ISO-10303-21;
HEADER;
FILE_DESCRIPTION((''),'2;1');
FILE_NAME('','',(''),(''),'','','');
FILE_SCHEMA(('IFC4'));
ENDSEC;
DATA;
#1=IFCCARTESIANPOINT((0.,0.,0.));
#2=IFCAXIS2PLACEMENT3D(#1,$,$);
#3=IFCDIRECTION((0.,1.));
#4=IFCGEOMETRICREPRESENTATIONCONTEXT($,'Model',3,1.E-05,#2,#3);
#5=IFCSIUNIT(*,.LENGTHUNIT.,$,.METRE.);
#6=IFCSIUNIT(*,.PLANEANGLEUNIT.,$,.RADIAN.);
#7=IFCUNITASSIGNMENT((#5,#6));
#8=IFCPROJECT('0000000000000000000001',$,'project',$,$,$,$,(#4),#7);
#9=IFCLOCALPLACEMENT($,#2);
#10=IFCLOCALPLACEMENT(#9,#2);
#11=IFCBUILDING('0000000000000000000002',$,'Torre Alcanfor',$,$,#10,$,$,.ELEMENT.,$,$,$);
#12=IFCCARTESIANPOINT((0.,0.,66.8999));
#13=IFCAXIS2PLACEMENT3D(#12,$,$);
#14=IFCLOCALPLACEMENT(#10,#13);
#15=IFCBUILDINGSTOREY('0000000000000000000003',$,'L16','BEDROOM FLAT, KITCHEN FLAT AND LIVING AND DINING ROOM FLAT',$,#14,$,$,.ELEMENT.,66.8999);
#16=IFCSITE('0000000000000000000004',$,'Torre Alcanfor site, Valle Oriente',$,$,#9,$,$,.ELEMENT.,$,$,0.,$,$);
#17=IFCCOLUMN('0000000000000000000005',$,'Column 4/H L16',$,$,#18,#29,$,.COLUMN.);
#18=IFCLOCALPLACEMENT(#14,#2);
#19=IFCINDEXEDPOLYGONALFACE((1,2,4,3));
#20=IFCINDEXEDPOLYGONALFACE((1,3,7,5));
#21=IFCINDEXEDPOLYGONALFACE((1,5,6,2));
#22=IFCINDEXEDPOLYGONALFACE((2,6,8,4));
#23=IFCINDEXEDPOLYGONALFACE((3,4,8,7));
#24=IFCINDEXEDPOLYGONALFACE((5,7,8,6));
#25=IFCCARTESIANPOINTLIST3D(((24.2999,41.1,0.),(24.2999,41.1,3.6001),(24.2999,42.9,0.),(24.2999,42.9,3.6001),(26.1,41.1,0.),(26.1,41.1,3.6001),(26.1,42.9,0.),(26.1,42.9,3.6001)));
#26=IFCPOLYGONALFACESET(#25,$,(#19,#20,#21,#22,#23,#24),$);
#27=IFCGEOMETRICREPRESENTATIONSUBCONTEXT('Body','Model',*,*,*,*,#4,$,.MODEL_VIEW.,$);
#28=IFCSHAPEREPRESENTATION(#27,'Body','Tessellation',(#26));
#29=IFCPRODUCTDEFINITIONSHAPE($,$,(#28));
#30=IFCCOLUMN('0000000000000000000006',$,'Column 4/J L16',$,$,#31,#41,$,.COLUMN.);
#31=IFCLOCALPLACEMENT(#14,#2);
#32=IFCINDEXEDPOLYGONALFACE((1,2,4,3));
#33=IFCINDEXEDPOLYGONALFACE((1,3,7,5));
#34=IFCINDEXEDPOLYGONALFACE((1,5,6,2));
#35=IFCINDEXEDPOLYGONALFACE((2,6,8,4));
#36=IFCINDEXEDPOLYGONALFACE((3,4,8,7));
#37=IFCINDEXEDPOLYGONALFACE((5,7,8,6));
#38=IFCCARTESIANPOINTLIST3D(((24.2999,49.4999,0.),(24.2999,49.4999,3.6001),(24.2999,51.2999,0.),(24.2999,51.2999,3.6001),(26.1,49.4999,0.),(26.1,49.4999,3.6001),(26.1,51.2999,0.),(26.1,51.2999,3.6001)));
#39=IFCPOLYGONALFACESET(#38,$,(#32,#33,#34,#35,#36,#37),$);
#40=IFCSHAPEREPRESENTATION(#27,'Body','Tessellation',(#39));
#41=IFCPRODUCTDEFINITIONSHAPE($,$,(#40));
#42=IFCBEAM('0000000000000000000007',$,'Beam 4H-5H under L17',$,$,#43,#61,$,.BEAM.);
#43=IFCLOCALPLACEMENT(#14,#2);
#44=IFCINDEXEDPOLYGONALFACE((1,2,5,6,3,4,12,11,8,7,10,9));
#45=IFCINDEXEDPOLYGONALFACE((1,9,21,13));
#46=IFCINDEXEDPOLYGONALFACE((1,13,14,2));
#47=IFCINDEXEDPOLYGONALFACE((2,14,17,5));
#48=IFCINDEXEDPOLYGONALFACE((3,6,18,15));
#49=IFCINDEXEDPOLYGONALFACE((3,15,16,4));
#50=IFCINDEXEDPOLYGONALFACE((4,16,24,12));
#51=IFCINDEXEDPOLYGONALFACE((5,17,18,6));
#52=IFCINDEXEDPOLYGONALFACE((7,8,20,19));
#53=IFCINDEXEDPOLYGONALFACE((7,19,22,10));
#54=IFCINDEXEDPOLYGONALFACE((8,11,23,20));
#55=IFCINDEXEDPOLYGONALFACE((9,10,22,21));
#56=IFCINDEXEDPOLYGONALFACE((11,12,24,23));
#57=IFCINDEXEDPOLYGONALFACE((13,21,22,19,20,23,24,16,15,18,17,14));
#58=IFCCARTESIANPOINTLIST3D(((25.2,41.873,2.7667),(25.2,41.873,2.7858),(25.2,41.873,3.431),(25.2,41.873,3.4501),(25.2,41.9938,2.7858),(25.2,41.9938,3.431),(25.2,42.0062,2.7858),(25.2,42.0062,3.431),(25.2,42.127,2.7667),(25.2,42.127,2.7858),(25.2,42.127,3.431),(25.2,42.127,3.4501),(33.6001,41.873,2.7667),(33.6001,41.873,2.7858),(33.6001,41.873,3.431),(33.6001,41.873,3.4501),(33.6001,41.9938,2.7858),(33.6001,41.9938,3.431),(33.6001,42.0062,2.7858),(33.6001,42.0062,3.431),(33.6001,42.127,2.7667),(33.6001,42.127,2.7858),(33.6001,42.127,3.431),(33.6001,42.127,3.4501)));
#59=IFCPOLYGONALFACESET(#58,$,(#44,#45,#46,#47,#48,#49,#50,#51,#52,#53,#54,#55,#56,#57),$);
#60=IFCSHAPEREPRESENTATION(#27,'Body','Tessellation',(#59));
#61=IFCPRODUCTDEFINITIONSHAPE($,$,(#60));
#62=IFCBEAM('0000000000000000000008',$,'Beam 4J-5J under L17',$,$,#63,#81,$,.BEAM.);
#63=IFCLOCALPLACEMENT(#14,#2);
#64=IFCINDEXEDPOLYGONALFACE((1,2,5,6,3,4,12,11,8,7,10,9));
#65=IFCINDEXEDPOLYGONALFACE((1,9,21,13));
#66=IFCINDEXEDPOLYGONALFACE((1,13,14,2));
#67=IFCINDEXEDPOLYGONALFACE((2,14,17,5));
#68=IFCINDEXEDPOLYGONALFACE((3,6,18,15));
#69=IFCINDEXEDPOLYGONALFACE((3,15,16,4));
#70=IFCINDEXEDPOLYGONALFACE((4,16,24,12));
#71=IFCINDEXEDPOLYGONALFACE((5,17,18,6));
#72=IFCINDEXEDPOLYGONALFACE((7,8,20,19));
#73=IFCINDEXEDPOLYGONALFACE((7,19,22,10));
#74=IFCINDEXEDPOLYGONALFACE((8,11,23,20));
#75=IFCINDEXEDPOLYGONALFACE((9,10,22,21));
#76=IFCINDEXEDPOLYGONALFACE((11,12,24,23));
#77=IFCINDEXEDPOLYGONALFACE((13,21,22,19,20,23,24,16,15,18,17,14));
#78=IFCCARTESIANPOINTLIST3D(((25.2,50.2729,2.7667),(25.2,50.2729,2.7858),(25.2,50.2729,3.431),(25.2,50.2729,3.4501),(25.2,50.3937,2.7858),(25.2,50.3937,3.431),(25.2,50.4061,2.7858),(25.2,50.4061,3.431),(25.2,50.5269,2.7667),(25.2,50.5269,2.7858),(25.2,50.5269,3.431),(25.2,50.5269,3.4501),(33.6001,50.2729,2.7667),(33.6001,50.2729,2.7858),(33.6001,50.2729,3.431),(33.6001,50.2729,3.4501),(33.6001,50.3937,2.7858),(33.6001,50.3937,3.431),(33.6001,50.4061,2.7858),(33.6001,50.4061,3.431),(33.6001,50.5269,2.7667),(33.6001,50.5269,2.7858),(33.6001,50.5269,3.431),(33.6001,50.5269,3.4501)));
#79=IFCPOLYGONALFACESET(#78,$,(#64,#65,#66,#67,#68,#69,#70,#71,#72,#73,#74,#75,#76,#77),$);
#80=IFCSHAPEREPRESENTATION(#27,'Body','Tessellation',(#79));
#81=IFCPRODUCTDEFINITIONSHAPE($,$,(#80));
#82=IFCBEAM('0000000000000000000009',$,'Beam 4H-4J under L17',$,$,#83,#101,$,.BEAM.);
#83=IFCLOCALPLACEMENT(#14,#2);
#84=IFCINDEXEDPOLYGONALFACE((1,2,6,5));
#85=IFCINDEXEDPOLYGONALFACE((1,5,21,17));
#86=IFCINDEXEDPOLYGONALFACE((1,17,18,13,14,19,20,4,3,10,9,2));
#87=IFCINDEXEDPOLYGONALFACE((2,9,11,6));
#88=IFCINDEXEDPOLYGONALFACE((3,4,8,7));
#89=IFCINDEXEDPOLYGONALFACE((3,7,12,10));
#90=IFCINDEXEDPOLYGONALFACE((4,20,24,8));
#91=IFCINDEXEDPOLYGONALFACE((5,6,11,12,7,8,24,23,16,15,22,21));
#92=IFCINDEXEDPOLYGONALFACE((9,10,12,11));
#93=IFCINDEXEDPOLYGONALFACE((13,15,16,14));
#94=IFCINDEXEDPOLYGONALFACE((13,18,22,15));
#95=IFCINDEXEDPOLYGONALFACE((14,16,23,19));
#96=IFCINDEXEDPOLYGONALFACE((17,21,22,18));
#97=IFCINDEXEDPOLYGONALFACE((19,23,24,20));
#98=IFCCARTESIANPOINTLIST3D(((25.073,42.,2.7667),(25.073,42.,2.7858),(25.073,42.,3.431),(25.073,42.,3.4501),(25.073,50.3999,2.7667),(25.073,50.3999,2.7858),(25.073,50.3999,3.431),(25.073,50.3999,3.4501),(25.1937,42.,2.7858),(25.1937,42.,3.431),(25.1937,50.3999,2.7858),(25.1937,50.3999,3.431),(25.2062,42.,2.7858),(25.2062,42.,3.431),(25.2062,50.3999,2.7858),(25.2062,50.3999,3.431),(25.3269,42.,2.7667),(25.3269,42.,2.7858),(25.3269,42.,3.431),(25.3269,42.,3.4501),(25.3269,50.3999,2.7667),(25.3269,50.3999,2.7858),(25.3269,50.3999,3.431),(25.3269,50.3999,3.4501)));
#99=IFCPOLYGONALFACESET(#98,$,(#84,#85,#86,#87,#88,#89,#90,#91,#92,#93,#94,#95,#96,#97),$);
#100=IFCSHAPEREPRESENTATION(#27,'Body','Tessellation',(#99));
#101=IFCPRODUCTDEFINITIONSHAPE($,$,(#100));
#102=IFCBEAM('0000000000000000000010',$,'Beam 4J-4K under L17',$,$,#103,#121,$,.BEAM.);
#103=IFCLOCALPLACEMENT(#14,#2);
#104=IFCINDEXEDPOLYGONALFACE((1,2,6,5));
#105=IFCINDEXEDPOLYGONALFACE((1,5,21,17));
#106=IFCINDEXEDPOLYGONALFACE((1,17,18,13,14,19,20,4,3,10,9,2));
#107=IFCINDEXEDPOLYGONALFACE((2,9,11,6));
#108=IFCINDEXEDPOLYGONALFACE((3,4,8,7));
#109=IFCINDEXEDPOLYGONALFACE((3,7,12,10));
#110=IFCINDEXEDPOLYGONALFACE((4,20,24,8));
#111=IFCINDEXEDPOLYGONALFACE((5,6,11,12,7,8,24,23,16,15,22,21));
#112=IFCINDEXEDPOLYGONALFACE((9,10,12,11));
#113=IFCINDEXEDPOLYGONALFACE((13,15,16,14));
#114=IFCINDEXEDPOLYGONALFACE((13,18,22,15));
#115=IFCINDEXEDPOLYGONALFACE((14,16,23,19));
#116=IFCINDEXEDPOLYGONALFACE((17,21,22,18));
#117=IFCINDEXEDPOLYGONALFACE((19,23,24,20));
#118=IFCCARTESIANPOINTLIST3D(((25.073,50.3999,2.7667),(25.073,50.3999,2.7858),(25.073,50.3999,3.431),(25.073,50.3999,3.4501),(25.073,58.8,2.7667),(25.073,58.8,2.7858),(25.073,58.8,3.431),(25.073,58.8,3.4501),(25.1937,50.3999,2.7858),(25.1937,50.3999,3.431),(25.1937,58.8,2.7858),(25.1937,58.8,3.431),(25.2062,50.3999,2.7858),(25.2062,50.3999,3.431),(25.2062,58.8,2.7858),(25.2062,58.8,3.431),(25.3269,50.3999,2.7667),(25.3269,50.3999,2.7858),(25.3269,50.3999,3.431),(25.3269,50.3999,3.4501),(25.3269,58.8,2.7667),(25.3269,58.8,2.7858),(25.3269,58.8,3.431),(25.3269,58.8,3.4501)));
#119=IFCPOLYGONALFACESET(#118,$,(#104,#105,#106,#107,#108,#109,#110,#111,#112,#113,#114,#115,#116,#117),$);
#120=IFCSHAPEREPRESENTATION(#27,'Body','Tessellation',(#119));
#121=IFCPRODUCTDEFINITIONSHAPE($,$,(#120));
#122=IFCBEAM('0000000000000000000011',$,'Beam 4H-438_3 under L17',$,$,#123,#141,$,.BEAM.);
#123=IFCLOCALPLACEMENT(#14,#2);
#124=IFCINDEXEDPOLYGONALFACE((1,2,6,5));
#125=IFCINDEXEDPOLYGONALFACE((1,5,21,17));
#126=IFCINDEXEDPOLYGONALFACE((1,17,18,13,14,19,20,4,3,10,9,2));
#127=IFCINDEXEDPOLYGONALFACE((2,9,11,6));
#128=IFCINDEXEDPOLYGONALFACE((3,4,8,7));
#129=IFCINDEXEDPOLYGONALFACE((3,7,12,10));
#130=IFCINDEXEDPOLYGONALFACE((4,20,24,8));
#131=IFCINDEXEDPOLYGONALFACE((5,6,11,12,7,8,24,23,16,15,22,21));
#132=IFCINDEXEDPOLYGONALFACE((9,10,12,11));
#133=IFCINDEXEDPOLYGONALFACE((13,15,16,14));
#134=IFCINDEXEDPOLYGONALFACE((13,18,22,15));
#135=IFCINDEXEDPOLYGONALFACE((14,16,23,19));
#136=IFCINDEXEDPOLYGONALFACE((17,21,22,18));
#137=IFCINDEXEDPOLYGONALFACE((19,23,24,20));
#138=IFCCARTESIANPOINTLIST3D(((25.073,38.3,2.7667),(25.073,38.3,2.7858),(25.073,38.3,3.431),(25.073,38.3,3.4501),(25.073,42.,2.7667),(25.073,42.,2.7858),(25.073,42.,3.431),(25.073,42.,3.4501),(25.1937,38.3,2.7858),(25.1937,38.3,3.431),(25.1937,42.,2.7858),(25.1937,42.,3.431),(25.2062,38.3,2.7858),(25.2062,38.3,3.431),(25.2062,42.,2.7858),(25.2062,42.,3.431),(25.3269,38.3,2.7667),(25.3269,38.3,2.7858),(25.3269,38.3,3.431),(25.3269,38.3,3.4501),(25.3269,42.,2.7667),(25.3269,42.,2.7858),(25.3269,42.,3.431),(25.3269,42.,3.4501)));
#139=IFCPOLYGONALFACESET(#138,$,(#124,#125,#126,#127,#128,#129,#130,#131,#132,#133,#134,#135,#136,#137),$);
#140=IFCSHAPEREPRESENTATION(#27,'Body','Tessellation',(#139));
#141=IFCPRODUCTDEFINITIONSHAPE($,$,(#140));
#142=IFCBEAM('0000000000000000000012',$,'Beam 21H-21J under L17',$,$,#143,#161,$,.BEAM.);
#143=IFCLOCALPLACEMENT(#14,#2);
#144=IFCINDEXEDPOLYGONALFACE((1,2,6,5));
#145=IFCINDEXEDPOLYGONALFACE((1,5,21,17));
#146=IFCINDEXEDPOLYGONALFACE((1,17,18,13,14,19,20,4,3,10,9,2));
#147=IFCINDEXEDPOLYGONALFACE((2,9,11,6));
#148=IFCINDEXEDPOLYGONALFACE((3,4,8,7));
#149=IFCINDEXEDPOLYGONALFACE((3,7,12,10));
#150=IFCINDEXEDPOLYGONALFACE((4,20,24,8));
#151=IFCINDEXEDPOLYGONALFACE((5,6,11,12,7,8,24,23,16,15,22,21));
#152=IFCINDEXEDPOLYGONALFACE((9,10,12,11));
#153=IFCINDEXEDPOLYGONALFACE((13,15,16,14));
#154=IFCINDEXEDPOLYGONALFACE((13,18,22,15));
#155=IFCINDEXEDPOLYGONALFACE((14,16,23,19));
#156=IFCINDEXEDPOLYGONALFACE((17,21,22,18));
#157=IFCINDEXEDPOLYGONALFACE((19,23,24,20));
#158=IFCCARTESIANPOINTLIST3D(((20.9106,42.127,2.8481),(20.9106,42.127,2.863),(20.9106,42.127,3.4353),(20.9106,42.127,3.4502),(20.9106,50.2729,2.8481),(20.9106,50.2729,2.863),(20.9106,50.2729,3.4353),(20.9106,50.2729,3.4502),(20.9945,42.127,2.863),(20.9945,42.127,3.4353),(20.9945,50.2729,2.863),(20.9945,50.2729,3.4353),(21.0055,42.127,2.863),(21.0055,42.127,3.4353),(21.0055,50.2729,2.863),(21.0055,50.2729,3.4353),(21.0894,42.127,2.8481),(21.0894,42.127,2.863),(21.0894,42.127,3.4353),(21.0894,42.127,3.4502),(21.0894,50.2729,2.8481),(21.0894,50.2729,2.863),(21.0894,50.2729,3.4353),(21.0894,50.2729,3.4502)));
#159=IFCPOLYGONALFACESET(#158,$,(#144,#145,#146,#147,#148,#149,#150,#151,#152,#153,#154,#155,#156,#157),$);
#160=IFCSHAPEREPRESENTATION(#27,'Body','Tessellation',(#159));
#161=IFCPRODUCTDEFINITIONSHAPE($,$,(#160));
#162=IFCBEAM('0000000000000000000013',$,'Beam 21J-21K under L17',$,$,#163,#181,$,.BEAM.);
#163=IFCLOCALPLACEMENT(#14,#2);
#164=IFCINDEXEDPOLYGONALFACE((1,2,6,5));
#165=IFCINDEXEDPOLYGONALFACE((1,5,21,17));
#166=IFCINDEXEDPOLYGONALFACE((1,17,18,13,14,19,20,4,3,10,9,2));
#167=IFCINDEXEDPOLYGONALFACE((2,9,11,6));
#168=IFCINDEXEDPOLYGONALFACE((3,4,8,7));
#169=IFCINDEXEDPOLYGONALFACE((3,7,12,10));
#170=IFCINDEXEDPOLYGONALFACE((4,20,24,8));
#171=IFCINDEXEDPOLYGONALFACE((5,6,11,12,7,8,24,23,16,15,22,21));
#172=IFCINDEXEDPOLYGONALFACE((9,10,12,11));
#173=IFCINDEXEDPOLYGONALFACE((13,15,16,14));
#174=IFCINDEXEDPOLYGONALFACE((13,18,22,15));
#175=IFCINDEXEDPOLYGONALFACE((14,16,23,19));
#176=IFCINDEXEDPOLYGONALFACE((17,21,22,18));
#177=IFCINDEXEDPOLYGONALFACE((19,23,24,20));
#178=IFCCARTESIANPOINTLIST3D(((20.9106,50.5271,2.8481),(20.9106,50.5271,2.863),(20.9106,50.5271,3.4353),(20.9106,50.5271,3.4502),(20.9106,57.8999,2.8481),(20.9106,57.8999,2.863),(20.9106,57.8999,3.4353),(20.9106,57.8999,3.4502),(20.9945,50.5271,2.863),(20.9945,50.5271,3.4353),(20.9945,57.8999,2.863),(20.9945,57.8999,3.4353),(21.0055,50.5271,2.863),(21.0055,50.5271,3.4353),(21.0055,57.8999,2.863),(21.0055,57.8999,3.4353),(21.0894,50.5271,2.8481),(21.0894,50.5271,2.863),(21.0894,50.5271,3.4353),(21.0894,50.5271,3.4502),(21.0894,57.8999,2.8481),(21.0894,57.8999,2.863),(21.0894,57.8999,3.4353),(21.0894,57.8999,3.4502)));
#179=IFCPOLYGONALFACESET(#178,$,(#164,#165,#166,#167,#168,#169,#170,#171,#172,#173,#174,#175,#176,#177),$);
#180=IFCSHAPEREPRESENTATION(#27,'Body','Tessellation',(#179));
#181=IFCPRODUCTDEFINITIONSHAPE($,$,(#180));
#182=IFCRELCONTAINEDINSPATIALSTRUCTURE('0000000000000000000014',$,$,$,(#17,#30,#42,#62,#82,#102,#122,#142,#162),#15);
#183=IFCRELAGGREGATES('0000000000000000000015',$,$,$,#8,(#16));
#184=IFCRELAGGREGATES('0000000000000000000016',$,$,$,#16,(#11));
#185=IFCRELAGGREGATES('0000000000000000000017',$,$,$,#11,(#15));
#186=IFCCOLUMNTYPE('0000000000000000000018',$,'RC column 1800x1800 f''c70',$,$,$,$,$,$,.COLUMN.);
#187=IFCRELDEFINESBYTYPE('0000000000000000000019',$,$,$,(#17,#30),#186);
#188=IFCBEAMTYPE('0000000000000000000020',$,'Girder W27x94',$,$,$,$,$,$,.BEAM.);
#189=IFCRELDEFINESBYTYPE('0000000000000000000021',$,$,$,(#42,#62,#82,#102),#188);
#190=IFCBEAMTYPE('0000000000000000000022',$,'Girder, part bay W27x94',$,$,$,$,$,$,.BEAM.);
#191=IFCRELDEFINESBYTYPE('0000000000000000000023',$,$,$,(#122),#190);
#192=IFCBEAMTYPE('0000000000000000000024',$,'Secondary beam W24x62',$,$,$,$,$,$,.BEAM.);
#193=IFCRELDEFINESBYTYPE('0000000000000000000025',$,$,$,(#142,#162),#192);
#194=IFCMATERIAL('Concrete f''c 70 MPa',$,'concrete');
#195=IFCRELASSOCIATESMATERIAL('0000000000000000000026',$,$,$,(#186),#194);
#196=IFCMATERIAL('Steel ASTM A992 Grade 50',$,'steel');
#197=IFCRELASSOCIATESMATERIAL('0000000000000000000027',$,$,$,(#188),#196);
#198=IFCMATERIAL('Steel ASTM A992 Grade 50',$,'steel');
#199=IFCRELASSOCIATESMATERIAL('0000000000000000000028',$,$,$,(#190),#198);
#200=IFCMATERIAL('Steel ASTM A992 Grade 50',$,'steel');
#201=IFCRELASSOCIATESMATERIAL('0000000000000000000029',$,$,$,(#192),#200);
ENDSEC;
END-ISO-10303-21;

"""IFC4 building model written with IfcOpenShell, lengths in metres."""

from ifc_helpers import new_model, si_unit, direction, frame, origin, origin_2d, place, context, subcontext, project, spatial, rectangle, i_section, extrude, material, material_profile, profile_set, type_object, element, save


model = new_model("IFC4")

# Units and contexts
model_context = context("Model", 3, precision=1e-05, world=origin(), true_north=direction((0.0, 1.0)))
body_context = subcontext(model_context, "Body", "Model", "MODEL_VIEW")
ifc_project = project(units=[si_unit("LENGTHUNIT", "METRE"), si_unit("PLANEANGLEUNIT", "RADIAN")], contexts=[model_context])

# Site, building, storey
site_placement = place(None, origin())
site = spatial("IfcSite", under=ifc_project, at=site_placement, Name="Torre Alcanfor site, Valle Oriente", CompositionType="ELEMENT", RefElevation=0.0)
building_placement = place(site_placement, origin())
building = spatial("IfcBuilding", under=site, at=building_placement, Name="Torre Alcanfor", CompositionType="ELEMENT")
storey_placement = place(building_placement, frame((0.0, 0.0, 66.8999)))
storey = spatial("IfcBuildingStorey", under=building, at=storey_placement, Name="L16", Description="BEDROOM FLAT, KITCHEN FLAT AND LIVING AND DINING ROOM FLAT", CompositionType="ELEMENT", Elevation=66.8999)

# Columns
ifc_material_1 = material(Name="Concrete f'c 70 MPa", Category="concrete")
ifc_material_profile_1 = material_profile(ifc_material_1, rectangle(XDim=1.8, YDim=1.8, at=origin_2d()), Name="1800x1800")
ifc_profile_set_1 = profile_set([ifc_material_profile_1], Name="Concrete f'c 70 MPa")
column_type = type_object("IfcColumnType", Name="RC column 1800x1800 f'c70", PredefinedType="COLUMN", material=ifc_profile_set_1)
for number, where, z_axis, x_axis, name in (
    (1, (25.2, 42.0, 0.0), (0.0, 0.0, 1.0), (1.0, 0.0, 0.0), "Column 4/H L16"),
    (2, (25.2, 50.3999, 0.0), (0.0, 0.0, 1.0), (1.0, 0.0, 0.0), "Column 4/J L16"),
):
    element("IfcColumn", number, at=place(storey_placement, frame(where, z_axis=z_axis, x_axis=x_axis)), inside=storey, type_object=column_type, Name=name, PredefinedType="COLUMN", context=body_context, shape_type="SweptSolid", body=[
        extrude(rectangle(XDim=1.8, YDim=1.8, at=origin_2d()), origin(), (0.0, 0.0, 1.0), 3.6001),
    ])

# Beams
ifc_material_2 = material(Name="Steel ASTM A992 Grade 50", Category="steel")
ifc_material_profile_2 = material_profile(ifc_material_2, i_section(OverallWidth=0.2539, OverallDepth=0.6833, WebThickness=0.0125, FlangeThickness=0.019, at=origin_2d()), Name="W27x94")
ifc_profile_set_2 = profile_set([ifc_material_profile_2], Name="Steel ASTM A992 Grade 50")
beam_type_1 = type_object("IfcBeamType", Name="Girder W27x94", PredefinedType="BEAM", material=ifc_profile_set_2)
for number, where, z_axis, x_axis, name in (
    (3, (25.2, 42.0, 3.1084), (1.0, 0.0, 0.0), (0.0, 1.0, 0.0), "Beam 4H-5H under L17"),
    (4, (25.2, 50.3999, 3.1084), (1.0, 0.0, 0.0), (0.0, 1.0, 0.0), "Beam 4J-5J under L17"),
):
    element("IfcBeam", number, at=place(storey_placement, frame(where, z_axis=z_axis, x_axis=x_axis)), inside=storey, type_object=beam_type_1, Name=name, PredefinedType="BEAM", context=body_context, shape_type="SweptSolid", body=[
        extrude(i_section(OverallWidth=0.2539, OverallDepth=0.6833, WebThickness=0.0125, FlangeThickness=0.019, at=origin_2d()), origin(), (0.0, 0.0, 1.0), 8.4001),
    ])
beam_1_placement = place(storey_placement, frame((25.2, 42.0, 3.1084), z_axis=(0.0, 1.0, 0.0), x_axis=(-1.0, 0.0, 0.0)))
element("IfcBeam", 5, at=beam_1_placement, inside=storey, type_object=beam_type_1, Name="Beam 4H-4J under L17", PredefinedType="BEAM", context=body_context, shape_type="SweptSolid", body=[
    extrude(i_section(OverallWidth=0.2539, OverallDepth=0.6833, WebThickness=0.0125, FlangeThickness=0.019, at=origin_2d()), origin(), (0.0, 0.0, 1.0), 8.3999),
])
beam_2_placement = place(storey_placement, frame((25.2, 50.3999, 3.1084), z_axis=(0.0, 1.0, 0.0), x_axis=(-1.0, 0.0, 0.0)))
element("IfcBeam", 6, at=beam_2_placement, inside=storey, type_object=beam_type_1, Name="Beam 4J-4K under L17", PredefinedType="BEAM", context=body_context, shape_type="SweptSolid", body=[
    extrude(i_section(OverallWidth=0.2539, OverallDepth=0.6833, WebThickness=0.0125, FlangeThickness=0.019, at=origin_2d()), origin(), (0.0, 0.0, 1.0), 8.4001),
])
ifc_material_3 = material(Name="Steel ASTM A992 Grade 50", Category="steel")
ifc_material_profile_3 = material_profile(ifc_material_3, i_section(OverallWidth=0.2539, OverallDepth=0.6833, WebThickness=0.0125, FlangeThickness=0.019, at=origin_2d()), Name="W27x94")
ifc_profile_set_3 = profile_set([ifc_material_profile_3], Name="Steel ASTM A992 Grade 50")
beam_type_2 = type_object("IfcBeamType", Name="Girder, part bay W27x94", PredefinedType="BEAM", material=ifc_profile_set_3)
beam_3_placement = place(storey_placement, frame((25.2, 42.0, 3.1084), z_axis=(0.0, -1.0, 0.0), x_axis=(1.0, 0.0, 0.0)))
element("IfcBeam", 7, at=beam_3_placement, inside=storey, type_object=beam_type_2, Name="Beam 4H-438_3 under L17", PredefinedType="BEAM", context=body_context, shape_type="SweptSolid", body=[
    extrude(i_section(OverallWidth=0.2539, OverallDepth=0.6833, WebThickness=0.0125, FlangeThickness=0.019, at=origin_2d()), origin(), (0.0, 0.0, 1.0), 3.7),
])
ifc_material_4 = material(Name="Steel ASTM A992 Grade 50", Category="steel")
ifc_material_profile_4 = material_profile(ifc_material_4, i_section(OverallWidth=0.1787, OverallDepth=0.6021, WebThickness=0.011, FlangeThickness=0.0149, at=origin_2d()), Name="W24x62")
ifc_profile_set_4 = profile_set([ifc_material_profile_4], Name="Steel ASTM A992 Grade 50")
beam_type_3 = type_object("IfcBeamType", Name="Secondary beam W24x62", PredefinedType="BEAM", material=ifc_profile_set_4)
beam_4_placement = place(storey_placement, frame((21.0, 42.127, 3.1492), z_axis=(0.0, 1.0, 0.0), x_axis=(-1.0, 0.0, 0.0)))
element("IfcBeam", 8, at=beam_4_placement, inside=storey, type_object=beam_type_3, Name="Beam 21H-21J under L17", PredefinedType="BEAM", context=body_context, shape_type="SweptSolid", body=[
    extrude(i_section(OverallWidth=0.1787, OverallDepth=0.6021, WebThickness=0.011, FlangeThickness=0.0149, at=origin_2d()), origin(), (0.0, 0.0, 1.0), 8.146),
])
beam_5_placement = place(storey_placement, frame((21.0, 50.5271, 3.1492), z_axis=(0.0, 1.0, 0.0), x_axis=(-1.0, 0.0, 0.0)))
element("IfcBeam", 9, at=beam_5_placement, inside=storey, type_object=beam_type_3, Name="Beam 21J-21K under L17", PredefinedType="BEAM", context=body_context, shape_type="SweptSolid", body=[
    extrude(i_section(OverallWidth=0.1787, OverallDepth=0.6021, WebThickness=0.011, FlangeThickness=0.0149, at=origin_2d()), origin(), (0.0, 0.0, 1.0), 7.3728),
])

save(model, "model.ifc")
